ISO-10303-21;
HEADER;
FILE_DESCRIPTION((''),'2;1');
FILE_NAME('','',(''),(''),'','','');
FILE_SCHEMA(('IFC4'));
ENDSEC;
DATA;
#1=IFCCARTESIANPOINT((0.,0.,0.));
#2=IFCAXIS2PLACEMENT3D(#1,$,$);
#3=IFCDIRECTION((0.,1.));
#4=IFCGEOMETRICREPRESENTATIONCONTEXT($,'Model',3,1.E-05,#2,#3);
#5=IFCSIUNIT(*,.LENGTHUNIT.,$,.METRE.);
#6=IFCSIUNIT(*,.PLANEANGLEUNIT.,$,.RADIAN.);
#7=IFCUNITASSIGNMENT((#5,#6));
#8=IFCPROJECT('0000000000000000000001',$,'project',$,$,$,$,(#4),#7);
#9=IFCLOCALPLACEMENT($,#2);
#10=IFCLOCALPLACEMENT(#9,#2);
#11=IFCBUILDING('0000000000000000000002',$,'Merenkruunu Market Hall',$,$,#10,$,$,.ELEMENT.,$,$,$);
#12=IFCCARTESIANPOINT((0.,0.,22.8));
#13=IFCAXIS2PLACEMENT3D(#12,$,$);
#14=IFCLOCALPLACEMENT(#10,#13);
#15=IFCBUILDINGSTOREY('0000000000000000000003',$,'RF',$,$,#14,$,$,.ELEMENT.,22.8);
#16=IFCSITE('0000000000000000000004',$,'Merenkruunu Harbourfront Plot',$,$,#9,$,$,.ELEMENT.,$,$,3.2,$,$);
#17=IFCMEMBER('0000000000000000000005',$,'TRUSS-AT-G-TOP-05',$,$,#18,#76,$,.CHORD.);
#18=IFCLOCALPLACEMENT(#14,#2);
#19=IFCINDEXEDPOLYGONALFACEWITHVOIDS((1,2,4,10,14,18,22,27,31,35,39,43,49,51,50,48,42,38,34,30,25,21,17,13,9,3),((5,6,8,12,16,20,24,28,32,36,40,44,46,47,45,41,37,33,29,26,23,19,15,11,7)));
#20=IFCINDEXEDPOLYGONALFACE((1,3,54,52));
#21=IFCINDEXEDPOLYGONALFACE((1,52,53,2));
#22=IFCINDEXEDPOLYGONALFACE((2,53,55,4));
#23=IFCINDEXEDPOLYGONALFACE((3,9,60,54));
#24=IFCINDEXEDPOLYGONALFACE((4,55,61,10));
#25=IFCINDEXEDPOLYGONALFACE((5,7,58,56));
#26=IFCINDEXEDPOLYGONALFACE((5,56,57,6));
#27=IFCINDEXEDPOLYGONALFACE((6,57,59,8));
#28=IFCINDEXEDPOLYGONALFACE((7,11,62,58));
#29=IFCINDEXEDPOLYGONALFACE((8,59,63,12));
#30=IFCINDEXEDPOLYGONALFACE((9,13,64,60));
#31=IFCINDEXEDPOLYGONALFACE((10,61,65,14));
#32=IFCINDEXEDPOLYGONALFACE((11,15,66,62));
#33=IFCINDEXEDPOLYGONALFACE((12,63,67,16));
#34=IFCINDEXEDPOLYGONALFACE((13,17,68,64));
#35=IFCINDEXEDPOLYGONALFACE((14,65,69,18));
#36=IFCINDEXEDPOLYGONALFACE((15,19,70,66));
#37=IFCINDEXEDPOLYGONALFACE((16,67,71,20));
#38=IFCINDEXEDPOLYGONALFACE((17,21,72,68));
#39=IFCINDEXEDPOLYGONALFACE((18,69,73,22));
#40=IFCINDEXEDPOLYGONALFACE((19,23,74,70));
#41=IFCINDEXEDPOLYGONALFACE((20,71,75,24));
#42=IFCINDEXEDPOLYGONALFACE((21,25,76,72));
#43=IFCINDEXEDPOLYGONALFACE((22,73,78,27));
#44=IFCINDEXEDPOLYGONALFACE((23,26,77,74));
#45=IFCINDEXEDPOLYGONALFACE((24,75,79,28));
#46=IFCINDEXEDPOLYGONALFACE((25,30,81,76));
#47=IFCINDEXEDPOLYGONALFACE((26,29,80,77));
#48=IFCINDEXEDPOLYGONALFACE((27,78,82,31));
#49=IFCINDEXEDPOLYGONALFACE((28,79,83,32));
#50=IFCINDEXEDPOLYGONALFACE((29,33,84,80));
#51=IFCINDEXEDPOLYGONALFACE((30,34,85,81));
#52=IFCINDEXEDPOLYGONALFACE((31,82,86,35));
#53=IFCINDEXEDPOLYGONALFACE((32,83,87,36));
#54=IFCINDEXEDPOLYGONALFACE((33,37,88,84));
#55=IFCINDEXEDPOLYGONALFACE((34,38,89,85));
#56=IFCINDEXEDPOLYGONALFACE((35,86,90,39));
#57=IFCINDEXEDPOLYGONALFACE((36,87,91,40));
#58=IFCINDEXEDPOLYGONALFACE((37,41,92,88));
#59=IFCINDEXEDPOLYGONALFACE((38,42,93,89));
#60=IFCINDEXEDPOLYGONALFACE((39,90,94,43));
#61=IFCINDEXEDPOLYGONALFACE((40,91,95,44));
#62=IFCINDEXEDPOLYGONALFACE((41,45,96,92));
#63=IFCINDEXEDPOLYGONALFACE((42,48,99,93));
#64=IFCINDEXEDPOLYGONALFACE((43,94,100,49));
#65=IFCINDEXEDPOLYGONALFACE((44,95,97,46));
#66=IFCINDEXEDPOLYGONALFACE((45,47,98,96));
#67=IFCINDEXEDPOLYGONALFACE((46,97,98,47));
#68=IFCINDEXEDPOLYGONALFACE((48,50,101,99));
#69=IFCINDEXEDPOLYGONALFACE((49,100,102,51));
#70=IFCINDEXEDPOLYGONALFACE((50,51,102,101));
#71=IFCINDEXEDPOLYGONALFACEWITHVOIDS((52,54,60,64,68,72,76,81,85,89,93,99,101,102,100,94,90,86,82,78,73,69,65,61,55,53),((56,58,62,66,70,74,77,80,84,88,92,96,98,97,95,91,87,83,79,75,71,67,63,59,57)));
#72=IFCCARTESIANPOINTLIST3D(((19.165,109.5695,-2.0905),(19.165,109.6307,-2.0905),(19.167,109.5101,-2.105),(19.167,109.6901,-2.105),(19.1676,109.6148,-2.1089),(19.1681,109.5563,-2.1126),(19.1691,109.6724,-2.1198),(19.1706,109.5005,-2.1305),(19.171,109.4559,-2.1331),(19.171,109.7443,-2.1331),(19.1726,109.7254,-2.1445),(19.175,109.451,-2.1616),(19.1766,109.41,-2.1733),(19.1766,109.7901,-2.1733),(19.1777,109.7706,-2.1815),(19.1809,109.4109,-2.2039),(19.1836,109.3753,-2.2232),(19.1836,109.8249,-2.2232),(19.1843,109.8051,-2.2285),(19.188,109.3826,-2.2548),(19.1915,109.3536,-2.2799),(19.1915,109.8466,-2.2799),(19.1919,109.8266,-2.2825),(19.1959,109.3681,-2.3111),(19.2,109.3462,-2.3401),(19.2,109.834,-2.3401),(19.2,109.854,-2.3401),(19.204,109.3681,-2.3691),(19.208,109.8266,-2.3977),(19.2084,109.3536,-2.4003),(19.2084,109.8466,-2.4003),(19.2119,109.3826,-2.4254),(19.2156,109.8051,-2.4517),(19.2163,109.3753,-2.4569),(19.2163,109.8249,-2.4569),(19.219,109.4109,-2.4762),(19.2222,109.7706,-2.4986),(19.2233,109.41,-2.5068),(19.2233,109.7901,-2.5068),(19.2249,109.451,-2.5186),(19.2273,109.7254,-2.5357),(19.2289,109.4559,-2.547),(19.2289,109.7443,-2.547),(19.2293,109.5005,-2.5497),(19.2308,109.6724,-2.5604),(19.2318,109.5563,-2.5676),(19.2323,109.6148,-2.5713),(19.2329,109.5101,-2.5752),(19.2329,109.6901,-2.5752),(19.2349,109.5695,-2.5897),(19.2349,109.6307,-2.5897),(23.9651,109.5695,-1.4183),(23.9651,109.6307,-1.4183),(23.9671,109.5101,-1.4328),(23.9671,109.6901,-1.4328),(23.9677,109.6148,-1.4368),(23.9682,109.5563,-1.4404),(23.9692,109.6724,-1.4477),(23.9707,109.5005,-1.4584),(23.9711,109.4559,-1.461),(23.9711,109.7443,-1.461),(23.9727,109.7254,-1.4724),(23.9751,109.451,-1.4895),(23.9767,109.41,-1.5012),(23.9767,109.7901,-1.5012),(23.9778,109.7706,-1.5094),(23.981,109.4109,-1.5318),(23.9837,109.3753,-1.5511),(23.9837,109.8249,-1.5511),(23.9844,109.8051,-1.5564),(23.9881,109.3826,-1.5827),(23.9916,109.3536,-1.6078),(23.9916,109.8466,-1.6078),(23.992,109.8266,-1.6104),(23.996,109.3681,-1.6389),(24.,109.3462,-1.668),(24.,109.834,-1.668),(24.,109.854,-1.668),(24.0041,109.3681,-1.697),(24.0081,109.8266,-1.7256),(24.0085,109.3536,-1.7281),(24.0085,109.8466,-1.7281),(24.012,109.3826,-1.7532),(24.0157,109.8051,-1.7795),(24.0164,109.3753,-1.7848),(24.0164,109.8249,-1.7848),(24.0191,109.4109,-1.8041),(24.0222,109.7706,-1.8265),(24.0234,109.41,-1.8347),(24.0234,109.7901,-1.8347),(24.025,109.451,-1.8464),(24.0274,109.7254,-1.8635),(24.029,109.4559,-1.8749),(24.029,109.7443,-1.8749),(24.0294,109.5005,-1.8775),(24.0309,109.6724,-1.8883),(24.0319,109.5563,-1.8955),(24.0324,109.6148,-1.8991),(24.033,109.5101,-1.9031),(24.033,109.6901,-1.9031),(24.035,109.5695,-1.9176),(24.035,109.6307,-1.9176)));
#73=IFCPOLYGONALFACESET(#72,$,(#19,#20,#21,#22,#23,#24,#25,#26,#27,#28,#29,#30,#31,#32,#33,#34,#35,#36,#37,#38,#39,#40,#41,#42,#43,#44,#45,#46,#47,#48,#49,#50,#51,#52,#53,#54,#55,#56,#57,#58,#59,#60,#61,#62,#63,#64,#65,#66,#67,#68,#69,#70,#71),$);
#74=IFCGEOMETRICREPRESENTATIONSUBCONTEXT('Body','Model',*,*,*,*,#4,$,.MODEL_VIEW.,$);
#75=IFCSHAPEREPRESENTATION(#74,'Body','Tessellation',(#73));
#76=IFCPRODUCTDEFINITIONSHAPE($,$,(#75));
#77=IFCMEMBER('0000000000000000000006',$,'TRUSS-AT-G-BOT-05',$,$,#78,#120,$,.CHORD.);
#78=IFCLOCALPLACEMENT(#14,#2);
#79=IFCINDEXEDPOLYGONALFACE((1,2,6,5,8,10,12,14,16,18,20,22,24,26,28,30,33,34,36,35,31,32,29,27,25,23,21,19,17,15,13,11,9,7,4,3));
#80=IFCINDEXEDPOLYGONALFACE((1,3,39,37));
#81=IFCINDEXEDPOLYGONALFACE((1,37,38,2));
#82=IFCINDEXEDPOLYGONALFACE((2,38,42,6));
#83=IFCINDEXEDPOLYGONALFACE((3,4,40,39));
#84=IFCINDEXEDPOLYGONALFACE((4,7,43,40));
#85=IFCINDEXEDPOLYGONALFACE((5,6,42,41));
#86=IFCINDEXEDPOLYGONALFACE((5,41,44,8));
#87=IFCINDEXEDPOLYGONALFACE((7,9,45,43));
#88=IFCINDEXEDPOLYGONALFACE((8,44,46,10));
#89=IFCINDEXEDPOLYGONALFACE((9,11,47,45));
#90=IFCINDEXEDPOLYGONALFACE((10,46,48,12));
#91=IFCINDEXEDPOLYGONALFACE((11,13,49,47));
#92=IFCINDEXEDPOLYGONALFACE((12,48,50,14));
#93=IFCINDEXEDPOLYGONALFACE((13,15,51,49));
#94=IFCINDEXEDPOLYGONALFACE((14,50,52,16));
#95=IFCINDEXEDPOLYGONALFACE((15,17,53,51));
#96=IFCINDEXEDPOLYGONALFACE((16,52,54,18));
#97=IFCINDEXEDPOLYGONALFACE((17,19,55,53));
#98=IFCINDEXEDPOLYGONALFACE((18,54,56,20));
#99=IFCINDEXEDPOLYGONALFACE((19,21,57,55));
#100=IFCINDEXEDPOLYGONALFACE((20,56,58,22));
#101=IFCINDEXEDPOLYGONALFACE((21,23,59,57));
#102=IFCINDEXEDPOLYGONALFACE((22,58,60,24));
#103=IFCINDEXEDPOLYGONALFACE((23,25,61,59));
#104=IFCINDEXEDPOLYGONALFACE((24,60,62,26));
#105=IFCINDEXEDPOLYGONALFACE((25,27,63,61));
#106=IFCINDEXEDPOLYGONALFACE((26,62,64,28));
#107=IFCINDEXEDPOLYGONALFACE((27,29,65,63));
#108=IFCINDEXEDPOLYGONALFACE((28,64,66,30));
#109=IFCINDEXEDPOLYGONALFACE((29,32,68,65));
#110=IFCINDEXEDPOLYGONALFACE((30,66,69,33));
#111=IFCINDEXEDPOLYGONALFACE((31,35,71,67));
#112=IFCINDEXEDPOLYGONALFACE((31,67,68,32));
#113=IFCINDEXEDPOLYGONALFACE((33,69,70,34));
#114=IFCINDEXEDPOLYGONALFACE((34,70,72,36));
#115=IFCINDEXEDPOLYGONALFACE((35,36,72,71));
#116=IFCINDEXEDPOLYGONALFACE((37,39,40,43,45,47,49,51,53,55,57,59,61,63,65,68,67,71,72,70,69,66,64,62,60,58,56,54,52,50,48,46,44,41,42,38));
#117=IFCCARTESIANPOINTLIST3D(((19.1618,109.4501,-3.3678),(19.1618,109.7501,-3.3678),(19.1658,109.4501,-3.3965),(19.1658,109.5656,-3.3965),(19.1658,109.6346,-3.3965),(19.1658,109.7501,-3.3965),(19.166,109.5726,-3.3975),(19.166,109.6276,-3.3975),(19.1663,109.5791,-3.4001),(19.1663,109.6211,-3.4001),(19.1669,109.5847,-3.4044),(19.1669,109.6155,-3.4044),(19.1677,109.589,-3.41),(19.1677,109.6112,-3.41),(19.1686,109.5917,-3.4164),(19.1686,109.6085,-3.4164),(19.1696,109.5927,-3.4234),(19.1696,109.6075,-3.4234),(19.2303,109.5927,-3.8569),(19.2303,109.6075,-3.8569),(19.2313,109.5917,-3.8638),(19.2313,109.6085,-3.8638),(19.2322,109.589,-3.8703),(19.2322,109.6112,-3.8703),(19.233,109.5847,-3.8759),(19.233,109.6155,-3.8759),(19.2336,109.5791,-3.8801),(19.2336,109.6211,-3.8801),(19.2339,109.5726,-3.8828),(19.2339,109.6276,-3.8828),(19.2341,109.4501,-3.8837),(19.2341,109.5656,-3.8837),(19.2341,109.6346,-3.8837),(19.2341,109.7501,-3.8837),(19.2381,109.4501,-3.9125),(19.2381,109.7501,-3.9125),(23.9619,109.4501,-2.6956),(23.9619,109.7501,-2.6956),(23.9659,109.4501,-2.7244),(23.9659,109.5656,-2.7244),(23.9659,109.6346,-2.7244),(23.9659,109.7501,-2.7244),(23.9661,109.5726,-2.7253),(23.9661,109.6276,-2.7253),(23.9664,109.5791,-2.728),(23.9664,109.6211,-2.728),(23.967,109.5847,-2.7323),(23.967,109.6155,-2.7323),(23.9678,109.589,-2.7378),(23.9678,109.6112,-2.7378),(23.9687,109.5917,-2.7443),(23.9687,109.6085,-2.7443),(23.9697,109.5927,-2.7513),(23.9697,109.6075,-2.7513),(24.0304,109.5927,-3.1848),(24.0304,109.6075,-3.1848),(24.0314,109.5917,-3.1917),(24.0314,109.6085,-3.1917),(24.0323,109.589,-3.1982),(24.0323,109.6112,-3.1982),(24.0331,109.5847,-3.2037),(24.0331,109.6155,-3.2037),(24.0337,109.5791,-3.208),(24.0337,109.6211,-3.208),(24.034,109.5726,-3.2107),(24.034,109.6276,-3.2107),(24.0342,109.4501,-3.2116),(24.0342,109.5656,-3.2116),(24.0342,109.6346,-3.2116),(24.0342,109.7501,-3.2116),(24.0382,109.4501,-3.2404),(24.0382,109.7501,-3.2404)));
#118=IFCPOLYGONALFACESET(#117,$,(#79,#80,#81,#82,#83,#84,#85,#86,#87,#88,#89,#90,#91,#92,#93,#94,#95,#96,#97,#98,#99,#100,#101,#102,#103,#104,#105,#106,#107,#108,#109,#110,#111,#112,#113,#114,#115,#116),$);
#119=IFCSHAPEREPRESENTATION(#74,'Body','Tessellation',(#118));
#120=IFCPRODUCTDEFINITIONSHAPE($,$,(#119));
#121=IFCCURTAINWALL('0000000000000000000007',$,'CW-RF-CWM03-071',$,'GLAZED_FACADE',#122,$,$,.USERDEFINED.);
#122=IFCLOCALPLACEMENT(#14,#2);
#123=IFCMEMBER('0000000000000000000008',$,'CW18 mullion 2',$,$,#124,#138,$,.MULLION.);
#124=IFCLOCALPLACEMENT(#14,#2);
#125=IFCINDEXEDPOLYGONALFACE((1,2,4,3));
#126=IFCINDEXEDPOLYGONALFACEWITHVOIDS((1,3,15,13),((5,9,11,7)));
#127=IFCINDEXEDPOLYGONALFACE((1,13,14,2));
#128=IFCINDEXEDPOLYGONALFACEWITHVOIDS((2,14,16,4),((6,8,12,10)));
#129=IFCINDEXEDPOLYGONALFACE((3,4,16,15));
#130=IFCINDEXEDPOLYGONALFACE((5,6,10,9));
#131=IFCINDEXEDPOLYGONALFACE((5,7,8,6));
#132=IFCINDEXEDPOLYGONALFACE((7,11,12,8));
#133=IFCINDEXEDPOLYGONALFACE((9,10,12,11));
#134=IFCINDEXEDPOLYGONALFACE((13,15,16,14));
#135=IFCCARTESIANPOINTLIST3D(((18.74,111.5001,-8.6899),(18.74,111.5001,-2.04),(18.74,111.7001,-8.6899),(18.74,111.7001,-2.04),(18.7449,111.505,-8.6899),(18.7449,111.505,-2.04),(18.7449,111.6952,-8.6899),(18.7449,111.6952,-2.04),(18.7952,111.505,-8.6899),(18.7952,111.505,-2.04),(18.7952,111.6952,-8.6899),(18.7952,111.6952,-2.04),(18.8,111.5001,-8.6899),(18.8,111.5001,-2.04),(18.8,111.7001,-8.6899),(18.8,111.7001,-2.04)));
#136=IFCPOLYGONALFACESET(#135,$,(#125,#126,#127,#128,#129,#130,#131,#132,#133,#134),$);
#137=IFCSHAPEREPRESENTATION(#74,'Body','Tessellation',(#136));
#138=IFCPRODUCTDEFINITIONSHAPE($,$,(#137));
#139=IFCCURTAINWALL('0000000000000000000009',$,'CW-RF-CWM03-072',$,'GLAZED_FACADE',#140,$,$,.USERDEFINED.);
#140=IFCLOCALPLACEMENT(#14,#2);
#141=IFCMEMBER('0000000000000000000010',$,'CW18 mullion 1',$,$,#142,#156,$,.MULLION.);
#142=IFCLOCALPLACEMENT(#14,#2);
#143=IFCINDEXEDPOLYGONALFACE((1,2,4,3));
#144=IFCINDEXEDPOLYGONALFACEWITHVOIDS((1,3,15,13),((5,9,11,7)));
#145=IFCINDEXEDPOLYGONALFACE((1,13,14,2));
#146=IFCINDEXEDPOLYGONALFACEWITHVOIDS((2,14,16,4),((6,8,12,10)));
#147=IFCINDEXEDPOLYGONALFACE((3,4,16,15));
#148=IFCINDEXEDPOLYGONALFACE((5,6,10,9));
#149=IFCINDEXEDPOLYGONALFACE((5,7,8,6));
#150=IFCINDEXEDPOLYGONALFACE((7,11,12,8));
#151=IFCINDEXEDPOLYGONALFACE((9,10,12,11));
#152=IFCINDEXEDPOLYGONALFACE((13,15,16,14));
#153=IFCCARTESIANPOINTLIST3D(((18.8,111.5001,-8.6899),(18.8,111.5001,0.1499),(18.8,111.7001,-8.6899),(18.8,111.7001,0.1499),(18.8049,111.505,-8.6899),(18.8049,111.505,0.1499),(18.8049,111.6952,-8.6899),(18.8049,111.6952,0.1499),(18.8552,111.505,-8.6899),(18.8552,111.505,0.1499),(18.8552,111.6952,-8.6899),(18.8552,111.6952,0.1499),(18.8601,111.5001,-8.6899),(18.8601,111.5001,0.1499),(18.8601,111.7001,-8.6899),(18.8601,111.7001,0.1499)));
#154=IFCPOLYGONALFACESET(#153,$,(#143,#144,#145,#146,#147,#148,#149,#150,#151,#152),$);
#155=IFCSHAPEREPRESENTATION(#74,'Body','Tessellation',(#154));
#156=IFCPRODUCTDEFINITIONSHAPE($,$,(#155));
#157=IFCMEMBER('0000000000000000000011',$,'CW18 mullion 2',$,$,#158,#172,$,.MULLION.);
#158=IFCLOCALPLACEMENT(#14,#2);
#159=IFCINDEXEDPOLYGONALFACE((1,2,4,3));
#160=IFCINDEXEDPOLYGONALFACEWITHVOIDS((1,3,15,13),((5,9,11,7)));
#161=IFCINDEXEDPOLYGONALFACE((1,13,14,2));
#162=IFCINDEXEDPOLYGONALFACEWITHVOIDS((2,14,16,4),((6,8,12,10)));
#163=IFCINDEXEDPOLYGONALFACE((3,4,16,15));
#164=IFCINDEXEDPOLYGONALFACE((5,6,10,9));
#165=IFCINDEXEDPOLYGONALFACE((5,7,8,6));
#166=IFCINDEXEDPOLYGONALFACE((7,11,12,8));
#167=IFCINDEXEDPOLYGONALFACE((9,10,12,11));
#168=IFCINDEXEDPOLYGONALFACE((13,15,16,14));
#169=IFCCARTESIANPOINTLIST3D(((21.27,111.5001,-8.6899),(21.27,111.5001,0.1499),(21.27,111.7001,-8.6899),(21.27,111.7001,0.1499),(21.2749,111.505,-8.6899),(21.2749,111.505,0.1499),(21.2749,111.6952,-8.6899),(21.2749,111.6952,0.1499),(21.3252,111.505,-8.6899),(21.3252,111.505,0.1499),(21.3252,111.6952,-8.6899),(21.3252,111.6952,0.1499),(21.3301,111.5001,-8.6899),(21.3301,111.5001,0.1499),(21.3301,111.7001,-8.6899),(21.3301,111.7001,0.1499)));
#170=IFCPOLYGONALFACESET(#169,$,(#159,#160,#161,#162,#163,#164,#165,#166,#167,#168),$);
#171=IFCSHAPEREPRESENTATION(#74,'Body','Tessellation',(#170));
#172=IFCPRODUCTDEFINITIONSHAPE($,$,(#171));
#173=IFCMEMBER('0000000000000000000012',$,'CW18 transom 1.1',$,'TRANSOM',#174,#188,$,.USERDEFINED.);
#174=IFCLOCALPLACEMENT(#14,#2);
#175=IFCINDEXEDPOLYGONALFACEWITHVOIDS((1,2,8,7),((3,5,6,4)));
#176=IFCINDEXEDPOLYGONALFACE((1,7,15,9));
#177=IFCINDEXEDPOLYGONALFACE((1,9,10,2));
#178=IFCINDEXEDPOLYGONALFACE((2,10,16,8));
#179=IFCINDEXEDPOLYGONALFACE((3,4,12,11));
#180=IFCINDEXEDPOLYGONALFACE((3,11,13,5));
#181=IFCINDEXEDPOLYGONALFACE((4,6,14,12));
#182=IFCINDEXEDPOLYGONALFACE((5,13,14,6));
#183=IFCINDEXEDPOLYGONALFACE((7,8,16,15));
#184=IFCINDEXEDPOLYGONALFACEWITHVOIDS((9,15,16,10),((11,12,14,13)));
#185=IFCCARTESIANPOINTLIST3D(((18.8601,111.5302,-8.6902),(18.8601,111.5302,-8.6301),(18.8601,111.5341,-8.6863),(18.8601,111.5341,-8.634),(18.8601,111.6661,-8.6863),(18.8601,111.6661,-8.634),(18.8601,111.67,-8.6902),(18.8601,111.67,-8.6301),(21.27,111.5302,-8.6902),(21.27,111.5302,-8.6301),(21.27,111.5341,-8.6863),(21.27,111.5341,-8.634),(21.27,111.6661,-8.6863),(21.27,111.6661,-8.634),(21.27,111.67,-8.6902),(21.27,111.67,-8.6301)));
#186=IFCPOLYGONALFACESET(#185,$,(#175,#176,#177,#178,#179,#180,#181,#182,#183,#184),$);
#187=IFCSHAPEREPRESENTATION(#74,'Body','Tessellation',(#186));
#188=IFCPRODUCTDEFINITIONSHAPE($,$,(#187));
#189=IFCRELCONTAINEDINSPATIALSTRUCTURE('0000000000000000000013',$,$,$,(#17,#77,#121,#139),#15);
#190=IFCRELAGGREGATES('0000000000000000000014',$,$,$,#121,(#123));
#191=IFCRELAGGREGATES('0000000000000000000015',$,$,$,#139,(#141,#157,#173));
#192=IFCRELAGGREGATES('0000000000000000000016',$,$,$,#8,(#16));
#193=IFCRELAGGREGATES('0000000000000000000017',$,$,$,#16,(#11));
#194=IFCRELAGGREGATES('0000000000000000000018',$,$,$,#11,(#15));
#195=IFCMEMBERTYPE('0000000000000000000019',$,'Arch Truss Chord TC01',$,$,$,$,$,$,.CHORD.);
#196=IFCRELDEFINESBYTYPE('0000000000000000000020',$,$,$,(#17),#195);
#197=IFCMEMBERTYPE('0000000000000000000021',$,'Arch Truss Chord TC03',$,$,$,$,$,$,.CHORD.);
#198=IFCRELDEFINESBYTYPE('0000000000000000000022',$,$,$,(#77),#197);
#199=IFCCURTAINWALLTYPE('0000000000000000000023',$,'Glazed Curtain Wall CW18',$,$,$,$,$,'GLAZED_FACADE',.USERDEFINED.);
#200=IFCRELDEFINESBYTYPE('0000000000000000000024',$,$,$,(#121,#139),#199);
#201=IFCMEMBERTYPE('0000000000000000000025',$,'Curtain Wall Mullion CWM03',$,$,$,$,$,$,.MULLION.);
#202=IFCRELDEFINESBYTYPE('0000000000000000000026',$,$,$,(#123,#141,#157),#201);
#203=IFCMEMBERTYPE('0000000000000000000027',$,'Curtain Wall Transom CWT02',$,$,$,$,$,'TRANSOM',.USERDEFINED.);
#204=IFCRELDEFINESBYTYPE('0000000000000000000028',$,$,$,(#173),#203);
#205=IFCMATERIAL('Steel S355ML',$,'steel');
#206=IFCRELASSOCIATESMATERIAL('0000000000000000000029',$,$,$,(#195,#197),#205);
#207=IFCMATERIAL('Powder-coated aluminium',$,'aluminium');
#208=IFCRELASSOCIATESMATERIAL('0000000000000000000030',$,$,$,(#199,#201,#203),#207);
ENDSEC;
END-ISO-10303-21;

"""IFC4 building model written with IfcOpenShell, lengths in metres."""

from ifc_helpers import new_model, si_unit, direction, frame, origin, origin_2d, place, context, subcontext, project, spatial, hollow_rectangle, hollow_circle, i_section, extrude, material, material_profile, profile_set, type_object, element, aggregate, save


model = new_model("IFC4")

# Units and contexts
model_context = context("Model", 3, precision=1e-05, world=origin(), true_north=direction((0.0, 1.0)))
body_context = subcontext(model_context, "Body", "Model", "MODEL_VIEW")
ifc_project = project(units=[si_unit("LENGTHUNIT", "METRE"), si_unit("PLANEANGLEUNIT", "RADIAN")], contexts=[model_context])

# Site, building, storey
site_placement = place(None, origin())
site = spatial("IfcSite", under=ifc_project, at=site_placement, Name="Merenkruunu Harbourfront Plot", CompositionType="ELEMENT", RefElevation=3.2)
building_placement = place(site_placement, origin())
building = spatial("IfcBuilding", under=site, at=building_placement, Name="Merenkruunu Market Hall", CompositionType="ELEMENT")
storey_placement = place(building_placement, frame((0.0, 0.0, 22.8)))
storey = spatial("IfcBuildingStorey", under=building, at=storey_placement, Name="RF", CompositionType="ELEMENT", Elevation=22.8)

# Members
ifc_material_1 = material(Name="Steel S355ML", Category="steel")
ifc_material_profile_1 = material_profile(ifc_material_1, hollow_circle(Radius=0.2539, WallThickness=0.02, at=origin_2d()), Name="CHS 508x20")
ifc_profile_set_1 = profile_set([ifc_material_profile_1], Name="Steel S355ML")
member_type_1 = type_object("IfcMemberType", Name="Arch Truss Chord TC01", PredefinedType="CHORD", material=ifc_profile_set_1)
member_1_placement = place(storey_placement, frame((19.2, 109.6001, -2.3401), z_axis=(0.990339, 0.0, 0.138671), x_axis=(0.0, 1.0, 0.0)))
element("IfcMember", 1, at=member_1_placement, inside=storey, type_object=member_type_1, Name="TRUSS-AT-G-TOP-05", PredefinedType="CHORD", context=body_context, shape_type="SweptSolid", body=[
    extrude(hollow_circle(Radius=0.2539, WallThickness=0.02, at=origin_2d()), origin(), (0.0, 0.0, 1.0), 4.8469),
])
ifc_material_profile_2 = material_profile(ifc_material_1, i_section(OverallWidth=0.3, OverallDepth=0.55, WebThickness=0.0149, FlangeThickness=0.0291, FilletRadius=0.0271, at=origin_2d()), Name="HEB 550")
ifc_profile_set_2 = profile_set([ifc_material_profile_2], Name="Steel S355ML")
member_type_2 = type_object("IfcMemberType", Name="Arch Truss Chord TC03", PredefinedType="CHORD", material=ifc_profile_set_2)
member_2_placement = place(storey_placement, frame((19.2, 109.6001, -3.6401), z_axis=(0.990339, 0.0, 0.138671), x_axis=(0.0, 1.0, 0.0)))
element("IfcMember", 2, at=member_2_placement, inside=storey, type_object=member_type_2, Name="TRUSS-AT-G-BOT-05", PredefinedType="CHORD", context=body_context, shape_type="SweptSolid", body=[
    extrude(i_section(OverallWidth=0.3, OverallDepth=0.55, WebThickness=0.0149, FlangeThickness=0.0291, FilletRadius=0.0271, at=origin_2d()), origin(), (0.0, 0.0, 1.0), 4.8469),
])

# Curtain wall, member
ifc_material_2 = material(Name="Powder-coated aluminium", Category="aluminium")
curtain_wall_type = type_object("IfcCurtainWallType", Name="Glazed Curtain Wall CW18", ElementType="GLAZED_FACADE", PredefinedType="USERDEFINED", material=ifc_material_2)
curtain_wall_1_placement = place(storey_placement, origin())
curtain_wall_1 = element("IfcCurtainWall", 3, at=curtain_wall_1_placement, inside=storey, type_object=curtain_wall_type, Name="CW-RF-CWM03-071", ObjectType="GLAZED_FACADE", PredefinedType="USERDEFINED")
ifc_material_profile_3 = material_profile(ifc_material_2, hollow_rectangle(XDim=0.0601, YDim=0.2, WallThickness=0.0049, at=origin_2d()), Name="ALU 60x200x5")
ifc_profile_set_3 = profile_set([ifc_material_profile_3], Name="Powder-coated aluminium")
member_type_3 = type_object("IfcMemberType", Name="Curtain Wall Mullion CWM03", PredefinedType="MULLION", material=ifc_profile_set_3)
member_3_placement = place(storey_placement, frame((18.77, 111.6001, -8.6899), z_axis=(0.0, 0.0, 1.0), x_axis=(1.0, 0.0, 0.0)))
member_3 = element("IfcMember", 4, at=member_3_placement, type_object=member_type_3, Name="CW18 mullion 2", PredefinedType="MULLION", context=body_context, shape_type="SweptSolid", body=[
    extrude(hollow_rectangle(XDim=0.0601, YDim=0.2, WallThickness=0.0049, at=origin_2d()), origin(), (0.0, 0.0, 1.0), 6.6499),
])

# Curtain wall, members
curtain_wall_2_placement = place(storey_placement, origin())
curtain_wall_2 = element("IfcCurtainWall", 5, at=curtain_wall_2_placement, inside=storey, type_object=curtain_wall_type, Name="CW-RF-CWM03-072", ObjectType="GLAZED_FACADE", PredefinedType="USERDEFINED")
member_4_placement = place(storey_placement, frame((18.8301, 111.6001, -8.6899), z_axis=(0.0, 0.0, 1.0), x_axis=(1.0, 0.0, 0.0)))
member_4 = element("IfcMember", 6, at=member_4_placement, type_object=member_type_3, Name="CW18 mullion 1", PredefinedType="MULLION", context=body_context, shape_type="SweptSolid", body=[
    extrude(hollow_rectangle(XDim=0.0601, YDim=0.2, WallThickness=0.0049, at=origin_2d()), origin(), (0.0, 0.0, 1.0), 8.8398),
])
member_5_placement = place(storey_placement, frame((21.3, 111.6001, -8.6899), z_axis=(0.0, 0.0, 1.0), x_axis=(1.0, 0.0, 0.0)))
member_5 = element("IfcMember", 7, at=member_5_placement, type_object=member_type_3, Name="CW18 mullion 2", PredefinedType="MULLION", context=body_context, shape_type="SweptSolid", body=[
    extrude(hollow_rectangle(XDim=0.0601, YDim=0.2, WallThickness=0.0049, at=origin_2d()), origin(), (0.0, 0.0, 1.0), 8.8398),
])
ifc_material_profile_4 = material_profile(ifc_material_2, hollow_rectangle(XDim=0.0601, YDim=0.1399, WallThickness=0.0039, at=origin_2d()), Name="ALU 60x140x4")
ifc_profile_set_4 = profile_set([ifc_material_profile_4], Name="Powder-coated aluminium")
member_type_4 = type_object("IfcMemberType", Name="Curtain Wall Transom CWT02", ElementType="TRANSOM", PredefinedType="USERDEFINED", material=ifc_profile_set_4)
member_6_placement = place(storey_placement, frame((18.8601, 111.6001, -8.6602), z_axis=(1.0, 0.0, 0.0), x_axis=(0.0, 0.0, 1.0)))
member_6 = element("IfcMember", 8, at=member_6_placement, type_object=member_type_4, Name="CW18 transom 1.1", ObjectType="TRANSOM", PredefinedType="USERDEFINED", context=body_context, shape_type="SweptSolid", body=[
    extrude(hollow_rectangle(XDim=0.0601, YDim=0.1399, WallThickness=0.0039, at=origin_2d()), origin(), (0.0, 0.0, 1.0), 2.4099),
])

aggregate(curtain_wall_1, [member_3])
aggregate(curtain_wall_2, [member_4, member_5, member_6])

save(model, "model.ifc")
